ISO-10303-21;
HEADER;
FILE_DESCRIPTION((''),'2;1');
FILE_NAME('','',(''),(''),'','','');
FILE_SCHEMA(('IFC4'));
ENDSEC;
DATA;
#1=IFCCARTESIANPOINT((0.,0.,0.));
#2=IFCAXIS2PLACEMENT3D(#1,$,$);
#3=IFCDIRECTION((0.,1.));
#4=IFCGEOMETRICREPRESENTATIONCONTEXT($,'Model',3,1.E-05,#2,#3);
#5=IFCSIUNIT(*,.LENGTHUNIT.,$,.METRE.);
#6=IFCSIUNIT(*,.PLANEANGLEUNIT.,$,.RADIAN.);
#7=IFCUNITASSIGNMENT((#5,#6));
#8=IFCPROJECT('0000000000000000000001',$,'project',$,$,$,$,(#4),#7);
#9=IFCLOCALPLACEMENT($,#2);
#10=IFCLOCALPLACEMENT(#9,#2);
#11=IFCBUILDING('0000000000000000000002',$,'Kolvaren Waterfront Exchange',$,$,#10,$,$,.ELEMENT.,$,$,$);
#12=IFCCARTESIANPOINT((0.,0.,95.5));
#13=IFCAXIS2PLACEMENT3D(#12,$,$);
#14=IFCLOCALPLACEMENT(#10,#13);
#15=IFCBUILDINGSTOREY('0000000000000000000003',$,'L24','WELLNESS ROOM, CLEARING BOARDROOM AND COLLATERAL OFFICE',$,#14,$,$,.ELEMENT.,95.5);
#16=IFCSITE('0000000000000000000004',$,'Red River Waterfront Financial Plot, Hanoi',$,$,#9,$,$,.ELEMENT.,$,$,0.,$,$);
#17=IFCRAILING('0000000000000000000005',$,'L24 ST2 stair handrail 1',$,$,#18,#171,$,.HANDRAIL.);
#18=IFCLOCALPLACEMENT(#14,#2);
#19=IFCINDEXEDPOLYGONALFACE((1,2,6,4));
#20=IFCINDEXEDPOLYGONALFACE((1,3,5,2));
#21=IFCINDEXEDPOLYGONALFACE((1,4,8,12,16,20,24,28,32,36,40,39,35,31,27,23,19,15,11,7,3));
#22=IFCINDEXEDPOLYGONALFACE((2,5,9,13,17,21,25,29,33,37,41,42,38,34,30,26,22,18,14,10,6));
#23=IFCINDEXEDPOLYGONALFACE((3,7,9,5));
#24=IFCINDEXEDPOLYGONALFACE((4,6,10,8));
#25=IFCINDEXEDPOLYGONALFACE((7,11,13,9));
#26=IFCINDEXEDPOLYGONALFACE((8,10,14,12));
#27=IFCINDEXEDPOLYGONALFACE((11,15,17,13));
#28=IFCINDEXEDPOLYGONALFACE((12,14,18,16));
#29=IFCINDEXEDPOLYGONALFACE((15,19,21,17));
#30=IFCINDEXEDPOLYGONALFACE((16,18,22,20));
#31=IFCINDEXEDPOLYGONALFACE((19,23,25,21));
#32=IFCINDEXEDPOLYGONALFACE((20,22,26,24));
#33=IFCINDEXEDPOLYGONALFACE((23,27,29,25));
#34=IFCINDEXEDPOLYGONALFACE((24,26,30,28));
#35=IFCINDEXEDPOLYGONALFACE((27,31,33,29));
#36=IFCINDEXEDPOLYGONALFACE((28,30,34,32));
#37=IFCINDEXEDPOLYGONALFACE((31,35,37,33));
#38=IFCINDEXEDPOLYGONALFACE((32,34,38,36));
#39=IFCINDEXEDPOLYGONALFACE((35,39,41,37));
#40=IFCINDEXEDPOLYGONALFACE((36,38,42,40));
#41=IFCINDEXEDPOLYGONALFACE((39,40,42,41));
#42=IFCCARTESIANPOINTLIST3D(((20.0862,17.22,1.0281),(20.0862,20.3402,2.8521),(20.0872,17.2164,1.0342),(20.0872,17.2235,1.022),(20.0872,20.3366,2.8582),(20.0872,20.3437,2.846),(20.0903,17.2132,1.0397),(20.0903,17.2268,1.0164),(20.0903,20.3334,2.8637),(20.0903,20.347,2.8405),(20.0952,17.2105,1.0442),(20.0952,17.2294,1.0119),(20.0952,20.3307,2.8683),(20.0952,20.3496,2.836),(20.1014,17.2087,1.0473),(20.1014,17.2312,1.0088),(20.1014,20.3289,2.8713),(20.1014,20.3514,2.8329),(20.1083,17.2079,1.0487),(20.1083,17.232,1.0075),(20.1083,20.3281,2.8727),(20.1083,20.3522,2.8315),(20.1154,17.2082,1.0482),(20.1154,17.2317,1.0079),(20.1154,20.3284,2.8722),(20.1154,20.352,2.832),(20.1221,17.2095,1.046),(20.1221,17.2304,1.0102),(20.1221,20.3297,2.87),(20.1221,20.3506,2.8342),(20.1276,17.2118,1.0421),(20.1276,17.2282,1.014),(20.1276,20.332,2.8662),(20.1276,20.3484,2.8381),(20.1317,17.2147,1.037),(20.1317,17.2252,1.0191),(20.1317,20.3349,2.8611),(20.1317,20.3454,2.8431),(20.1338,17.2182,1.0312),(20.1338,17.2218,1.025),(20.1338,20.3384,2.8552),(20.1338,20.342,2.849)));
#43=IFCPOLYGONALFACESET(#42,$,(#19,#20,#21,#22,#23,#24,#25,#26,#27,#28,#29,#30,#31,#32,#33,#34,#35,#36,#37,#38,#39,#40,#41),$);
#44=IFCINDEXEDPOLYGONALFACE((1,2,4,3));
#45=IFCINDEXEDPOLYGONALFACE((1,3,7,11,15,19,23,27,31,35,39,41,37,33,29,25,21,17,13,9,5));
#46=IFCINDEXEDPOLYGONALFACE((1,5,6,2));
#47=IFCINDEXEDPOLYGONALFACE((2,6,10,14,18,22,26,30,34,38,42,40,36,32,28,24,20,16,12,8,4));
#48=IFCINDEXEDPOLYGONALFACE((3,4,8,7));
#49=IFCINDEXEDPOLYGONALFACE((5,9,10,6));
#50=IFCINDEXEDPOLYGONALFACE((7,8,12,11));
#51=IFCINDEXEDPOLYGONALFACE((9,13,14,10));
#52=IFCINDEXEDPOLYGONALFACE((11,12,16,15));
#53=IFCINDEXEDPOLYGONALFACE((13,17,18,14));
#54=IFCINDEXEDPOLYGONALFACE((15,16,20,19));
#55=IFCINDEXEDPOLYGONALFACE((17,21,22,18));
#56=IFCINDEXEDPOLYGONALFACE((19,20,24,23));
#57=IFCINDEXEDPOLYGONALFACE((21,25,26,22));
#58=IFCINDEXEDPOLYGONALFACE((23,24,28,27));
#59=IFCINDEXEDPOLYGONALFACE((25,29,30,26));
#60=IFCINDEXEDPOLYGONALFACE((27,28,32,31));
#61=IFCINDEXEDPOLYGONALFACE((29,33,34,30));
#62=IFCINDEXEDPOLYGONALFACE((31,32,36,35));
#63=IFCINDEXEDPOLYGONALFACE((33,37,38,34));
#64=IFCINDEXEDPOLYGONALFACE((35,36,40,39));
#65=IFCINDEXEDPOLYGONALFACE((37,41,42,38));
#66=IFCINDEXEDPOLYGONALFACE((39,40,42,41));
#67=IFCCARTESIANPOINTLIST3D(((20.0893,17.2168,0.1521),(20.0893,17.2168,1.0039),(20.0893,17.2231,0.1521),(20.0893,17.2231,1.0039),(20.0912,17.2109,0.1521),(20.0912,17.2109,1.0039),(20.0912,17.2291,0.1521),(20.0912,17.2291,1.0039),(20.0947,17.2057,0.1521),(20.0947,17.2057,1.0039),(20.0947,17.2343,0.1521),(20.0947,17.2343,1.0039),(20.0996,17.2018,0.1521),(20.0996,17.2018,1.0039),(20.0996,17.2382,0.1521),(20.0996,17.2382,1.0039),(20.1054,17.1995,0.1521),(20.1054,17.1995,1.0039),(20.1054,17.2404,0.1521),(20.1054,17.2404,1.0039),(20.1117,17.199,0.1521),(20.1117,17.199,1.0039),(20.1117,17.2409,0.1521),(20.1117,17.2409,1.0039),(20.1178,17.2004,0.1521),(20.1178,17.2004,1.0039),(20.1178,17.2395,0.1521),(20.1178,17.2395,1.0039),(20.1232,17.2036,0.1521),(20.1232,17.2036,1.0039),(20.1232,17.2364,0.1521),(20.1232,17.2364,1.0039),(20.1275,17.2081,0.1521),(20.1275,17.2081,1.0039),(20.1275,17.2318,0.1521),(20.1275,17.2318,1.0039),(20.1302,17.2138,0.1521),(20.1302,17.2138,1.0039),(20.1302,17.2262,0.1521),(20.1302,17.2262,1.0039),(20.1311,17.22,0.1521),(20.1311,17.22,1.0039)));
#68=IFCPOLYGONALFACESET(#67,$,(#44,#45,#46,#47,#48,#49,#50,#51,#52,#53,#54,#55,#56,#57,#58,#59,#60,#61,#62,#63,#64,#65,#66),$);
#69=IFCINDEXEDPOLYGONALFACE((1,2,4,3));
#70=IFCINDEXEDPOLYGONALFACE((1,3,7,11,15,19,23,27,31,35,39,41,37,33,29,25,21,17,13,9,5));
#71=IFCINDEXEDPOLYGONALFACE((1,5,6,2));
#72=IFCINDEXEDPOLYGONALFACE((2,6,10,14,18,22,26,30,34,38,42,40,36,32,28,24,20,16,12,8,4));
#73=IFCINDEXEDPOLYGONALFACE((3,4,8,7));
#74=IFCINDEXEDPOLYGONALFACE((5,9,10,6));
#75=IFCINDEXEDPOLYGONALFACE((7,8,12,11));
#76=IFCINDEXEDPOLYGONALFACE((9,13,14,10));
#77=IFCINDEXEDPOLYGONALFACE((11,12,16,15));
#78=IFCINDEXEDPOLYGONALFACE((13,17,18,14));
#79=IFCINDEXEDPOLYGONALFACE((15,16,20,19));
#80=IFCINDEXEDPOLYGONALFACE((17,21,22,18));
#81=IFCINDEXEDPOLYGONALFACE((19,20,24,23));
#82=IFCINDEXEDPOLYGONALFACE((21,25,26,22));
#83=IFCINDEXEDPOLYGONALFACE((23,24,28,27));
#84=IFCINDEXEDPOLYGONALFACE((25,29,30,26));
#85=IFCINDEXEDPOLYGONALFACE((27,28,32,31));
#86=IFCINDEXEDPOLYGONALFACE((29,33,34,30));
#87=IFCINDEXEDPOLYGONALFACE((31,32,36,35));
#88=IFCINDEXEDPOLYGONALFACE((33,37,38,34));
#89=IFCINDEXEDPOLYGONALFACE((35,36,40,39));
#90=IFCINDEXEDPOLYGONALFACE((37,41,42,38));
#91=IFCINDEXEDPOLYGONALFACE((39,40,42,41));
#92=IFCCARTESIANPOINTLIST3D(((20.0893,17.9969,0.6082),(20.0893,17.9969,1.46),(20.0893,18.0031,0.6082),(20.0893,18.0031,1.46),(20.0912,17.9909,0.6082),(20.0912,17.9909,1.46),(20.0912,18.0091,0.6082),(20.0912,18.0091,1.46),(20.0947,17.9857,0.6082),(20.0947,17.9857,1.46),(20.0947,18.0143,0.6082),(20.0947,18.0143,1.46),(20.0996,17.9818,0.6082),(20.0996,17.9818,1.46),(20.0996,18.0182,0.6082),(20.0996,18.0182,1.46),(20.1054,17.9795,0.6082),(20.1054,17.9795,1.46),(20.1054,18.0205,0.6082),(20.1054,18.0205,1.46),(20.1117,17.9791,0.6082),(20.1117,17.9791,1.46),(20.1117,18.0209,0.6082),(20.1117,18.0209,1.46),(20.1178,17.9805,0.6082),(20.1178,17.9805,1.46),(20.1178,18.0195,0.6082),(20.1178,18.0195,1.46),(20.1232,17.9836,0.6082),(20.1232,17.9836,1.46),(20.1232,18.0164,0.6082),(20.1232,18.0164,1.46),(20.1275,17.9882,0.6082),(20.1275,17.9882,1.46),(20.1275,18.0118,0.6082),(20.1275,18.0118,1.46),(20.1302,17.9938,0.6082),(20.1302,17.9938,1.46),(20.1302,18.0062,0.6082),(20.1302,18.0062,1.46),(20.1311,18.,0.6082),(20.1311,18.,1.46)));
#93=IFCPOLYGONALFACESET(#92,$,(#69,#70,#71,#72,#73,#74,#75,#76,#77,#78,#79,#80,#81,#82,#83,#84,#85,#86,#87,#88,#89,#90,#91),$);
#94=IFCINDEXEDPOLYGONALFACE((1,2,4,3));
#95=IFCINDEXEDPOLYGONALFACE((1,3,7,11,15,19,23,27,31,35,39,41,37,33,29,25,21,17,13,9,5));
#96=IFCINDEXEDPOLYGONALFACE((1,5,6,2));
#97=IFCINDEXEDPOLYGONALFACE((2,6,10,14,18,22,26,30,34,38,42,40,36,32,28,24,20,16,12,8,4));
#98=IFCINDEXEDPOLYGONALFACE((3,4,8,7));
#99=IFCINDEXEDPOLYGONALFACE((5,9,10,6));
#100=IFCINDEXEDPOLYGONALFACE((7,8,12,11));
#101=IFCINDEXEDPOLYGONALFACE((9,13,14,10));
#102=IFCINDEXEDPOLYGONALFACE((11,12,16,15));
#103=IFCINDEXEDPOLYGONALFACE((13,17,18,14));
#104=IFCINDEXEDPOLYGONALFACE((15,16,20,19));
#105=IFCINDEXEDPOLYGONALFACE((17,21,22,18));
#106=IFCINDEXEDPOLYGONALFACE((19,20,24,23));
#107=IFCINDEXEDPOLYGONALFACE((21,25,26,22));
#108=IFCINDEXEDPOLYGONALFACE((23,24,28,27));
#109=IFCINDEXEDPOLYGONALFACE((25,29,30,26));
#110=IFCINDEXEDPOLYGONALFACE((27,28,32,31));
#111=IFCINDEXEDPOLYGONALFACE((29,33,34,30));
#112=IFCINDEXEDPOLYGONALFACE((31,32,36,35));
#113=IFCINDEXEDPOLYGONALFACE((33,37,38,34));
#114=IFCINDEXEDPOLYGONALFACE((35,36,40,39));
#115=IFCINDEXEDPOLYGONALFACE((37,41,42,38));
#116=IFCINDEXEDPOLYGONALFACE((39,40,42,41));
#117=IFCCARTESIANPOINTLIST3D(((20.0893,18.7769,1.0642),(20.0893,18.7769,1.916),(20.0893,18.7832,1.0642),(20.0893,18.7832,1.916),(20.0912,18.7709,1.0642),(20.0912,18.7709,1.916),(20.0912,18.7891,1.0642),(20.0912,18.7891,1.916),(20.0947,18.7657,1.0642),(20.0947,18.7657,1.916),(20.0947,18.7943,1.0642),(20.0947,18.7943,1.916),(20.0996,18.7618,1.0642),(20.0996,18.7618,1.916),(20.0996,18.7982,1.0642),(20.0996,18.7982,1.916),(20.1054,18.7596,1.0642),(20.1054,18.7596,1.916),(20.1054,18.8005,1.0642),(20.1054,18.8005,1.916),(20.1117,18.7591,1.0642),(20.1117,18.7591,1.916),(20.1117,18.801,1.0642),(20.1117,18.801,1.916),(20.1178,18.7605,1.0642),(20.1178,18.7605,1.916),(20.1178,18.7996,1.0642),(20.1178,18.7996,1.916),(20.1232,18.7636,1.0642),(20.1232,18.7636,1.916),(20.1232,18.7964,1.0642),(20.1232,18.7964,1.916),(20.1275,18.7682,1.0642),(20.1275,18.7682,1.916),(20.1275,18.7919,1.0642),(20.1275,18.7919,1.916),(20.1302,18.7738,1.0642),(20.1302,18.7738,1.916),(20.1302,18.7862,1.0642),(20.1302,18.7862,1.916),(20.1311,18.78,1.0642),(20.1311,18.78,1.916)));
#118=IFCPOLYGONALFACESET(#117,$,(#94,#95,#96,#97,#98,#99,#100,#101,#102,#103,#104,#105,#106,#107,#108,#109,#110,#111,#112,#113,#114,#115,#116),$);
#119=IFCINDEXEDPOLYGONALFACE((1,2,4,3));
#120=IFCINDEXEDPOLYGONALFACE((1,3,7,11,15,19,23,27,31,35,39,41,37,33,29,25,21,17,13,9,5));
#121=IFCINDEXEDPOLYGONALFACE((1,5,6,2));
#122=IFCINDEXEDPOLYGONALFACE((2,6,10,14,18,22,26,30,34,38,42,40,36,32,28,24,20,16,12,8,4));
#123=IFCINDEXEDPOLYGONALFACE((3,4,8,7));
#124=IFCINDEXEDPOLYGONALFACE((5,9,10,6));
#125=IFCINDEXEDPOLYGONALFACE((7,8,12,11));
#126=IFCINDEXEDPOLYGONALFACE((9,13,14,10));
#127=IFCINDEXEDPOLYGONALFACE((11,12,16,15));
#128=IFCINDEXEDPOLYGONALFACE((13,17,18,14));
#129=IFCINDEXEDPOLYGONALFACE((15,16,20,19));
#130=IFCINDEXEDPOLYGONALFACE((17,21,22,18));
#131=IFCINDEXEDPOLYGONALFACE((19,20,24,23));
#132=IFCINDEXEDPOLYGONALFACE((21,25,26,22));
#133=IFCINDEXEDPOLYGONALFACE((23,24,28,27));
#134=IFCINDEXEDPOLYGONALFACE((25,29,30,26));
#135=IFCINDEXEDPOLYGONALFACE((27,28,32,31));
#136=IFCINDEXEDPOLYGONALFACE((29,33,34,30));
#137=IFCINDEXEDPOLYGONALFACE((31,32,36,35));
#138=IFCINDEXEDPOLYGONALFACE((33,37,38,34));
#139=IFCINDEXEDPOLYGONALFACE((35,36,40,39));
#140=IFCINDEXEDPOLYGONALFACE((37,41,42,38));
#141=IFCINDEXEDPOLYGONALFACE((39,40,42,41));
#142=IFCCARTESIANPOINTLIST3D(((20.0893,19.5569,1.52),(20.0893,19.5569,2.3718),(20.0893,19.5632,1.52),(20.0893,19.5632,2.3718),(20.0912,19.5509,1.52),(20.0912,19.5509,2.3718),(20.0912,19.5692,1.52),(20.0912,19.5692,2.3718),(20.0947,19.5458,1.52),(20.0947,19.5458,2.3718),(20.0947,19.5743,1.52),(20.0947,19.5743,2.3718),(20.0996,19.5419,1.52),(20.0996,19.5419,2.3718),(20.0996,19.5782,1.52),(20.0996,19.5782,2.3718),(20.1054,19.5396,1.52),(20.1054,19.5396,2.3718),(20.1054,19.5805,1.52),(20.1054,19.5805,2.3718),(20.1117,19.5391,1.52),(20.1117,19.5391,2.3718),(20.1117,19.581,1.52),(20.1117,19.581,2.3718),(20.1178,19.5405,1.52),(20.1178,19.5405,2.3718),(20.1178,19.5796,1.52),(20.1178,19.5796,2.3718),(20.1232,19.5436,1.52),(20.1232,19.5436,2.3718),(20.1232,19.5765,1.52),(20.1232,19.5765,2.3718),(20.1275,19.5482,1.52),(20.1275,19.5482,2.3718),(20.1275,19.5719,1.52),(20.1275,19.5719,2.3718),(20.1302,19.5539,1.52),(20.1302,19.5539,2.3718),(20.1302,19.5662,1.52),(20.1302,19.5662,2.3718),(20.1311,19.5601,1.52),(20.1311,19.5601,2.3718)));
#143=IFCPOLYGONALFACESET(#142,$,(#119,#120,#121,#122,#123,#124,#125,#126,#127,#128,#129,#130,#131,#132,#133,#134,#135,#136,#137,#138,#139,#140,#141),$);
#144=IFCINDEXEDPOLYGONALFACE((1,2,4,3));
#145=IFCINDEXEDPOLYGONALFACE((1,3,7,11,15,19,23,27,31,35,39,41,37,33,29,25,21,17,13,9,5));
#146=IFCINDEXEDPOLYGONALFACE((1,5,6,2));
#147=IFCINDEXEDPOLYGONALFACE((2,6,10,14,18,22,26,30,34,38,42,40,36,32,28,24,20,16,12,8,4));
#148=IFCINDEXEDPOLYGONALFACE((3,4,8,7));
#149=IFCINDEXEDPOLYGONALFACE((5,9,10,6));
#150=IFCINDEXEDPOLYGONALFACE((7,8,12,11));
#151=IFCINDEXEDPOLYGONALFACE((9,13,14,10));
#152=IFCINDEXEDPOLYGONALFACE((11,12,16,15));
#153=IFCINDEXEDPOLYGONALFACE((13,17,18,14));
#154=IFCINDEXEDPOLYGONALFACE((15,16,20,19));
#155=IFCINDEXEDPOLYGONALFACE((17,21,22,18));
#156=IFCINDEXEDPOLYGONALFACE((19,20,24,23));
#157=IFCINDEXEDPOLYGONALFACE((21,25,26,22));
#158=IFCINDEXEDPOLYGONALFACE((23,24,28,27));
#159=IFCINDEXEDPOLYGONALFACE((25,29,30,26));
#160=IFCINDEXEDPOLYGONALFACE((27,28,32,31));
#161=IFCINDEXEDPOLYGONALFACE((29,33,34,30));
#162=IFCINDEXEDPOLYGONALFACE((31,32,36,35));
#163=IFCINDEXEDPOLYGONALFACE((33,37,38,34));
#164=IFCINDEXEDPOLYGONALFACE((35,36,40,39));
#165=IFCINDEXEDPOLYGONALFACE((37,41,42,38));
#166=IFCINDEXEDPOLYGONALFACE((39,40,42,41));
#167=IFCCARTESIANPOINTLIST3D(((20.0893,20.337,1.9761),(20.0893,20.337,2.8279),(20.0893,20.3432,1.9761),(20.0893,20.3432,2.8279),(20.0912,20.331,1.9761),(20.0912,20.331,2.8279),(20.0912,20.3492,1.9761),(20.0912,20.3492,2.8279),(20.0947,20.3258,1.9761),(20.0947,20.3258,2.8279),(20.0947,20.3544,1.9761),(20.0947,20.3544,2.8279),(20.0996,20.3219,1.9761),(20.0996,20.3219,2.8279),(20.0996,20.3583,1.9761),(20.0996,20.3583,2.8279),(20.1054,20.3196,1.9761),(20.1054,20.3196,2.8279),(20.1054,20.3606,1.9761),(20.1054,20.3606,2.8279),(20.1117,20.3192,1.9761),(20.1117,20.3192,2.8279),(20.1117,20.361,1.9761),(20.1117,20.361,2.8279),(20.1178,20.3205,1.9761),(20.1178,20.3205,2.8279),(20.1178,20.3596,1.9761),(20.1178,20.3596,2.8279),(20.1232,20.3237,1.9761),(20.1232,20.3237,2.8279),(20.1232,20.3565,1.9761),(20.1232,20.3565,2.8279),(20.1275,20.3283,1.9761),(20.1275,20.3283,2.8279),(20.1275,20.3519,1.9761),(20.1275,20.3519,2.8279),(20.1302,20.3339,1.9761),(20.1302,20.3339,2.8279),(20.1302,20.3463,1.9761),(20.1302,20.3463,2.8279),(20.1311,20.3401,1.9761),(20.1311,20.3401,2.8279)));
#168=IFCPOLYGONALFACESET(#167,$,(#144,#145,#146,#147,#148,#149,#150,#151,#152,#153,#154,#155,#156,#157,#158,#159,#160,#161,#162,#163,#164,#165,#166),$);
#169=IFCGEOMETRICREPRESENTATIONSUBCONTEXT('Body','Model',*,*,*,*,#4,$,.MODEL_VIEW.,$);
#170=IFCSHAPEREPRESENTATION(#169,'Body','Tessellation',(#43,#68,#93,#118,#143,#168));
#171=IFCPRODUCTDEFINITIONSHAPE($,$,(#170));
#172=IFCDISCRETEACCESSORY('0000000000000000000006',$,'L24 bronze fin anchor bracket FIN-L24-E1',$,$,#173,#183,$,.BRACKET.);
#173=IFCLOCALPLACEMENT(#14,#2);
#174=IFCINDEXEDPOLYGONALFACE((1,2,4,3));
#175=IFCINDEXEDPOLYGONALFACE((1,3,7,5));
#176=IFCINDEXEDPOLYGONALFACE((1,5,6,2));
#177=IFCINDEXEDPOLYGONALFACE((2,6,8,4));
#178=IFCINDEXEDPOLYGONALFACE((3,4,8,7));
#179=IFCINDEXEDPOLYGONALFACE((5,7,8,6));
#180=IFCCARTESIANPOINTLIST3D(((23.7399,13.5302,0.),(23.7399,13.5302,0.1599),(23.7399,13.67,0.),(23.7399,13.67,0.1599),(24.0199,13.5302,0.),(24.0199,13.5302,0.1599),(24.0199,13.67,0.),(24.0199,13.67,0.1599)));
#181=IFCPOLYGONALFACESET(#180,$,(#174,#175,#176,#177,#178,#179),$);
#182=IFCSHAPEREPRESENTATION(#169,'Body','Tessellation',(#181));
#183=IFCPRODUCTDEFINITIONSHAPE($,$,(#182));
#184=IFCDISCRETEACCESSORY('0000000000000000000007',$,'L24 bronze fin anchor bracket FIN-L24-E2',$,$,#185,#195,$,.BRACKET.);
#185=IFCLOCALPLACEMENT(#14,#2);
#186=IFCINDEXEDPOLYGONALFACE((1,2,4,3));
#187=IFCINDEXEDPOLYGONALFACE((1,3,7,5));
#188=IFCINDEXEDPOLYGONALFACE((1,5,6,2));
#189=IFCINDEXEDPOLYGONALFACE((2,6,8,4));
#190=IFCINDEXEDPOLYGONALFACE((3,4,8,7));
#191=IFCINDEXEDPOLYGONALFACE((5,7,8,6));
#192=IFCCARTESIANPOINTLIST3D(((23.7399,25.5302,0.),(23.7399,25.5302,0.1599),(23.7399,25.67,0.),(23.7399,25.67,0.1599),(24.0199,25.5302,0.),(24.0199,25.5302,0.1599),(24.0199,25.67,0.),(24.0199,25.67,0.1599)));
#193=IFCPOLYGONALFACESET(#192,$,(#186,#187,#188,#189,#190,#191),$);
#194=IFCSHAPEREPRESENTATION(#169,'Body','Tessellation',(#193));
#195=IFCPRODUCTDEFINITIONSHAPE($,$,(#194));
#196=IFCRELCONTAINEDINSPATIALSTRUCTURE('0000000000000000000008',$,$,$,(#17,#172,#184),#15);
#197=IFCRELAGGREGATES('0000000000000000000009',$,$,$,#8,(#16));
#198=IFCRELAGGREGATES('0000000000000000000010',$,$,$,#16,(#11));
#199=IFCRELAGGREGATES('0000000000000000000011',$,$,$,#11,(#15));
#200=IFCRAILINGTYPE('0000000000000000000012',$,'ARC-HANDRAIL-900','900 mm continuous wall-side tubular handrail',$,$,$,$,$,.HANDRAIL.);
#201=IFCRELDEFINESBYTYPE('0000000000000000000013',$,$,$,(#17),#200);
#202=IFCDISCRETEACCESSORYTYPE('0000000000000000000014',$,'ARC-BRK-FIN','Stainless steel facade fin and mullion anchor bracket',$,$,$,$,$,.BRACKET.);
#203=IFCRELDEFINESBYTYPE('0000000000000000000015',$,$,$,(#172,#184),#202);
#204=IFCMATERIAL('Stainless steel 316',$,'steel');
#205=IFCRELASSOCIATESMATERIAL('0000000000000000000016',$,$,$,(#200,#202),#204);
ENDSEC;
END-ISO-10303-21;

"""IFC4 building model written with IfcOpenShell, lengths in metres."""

from ifc_helpers import new_model, si_unit, direction, frame, origin, origin_with_axes, origin_2d, place, context, subcontext, project, spatial, rectangle, circle, extrude, source, transform, mapped, material, type_object, element, save


model = new_model("IFC4")

# Units and contexts
model_context = context("Model", 3, precision=1e-05, world=origin(), true_north=direction((0.0, 1.0)))
body_context = subcontext(model_context, "Body", "Model", "MODEL_VIEW")
ifc_project = project(units=[si_unit("LENGTHUNIT", "METRE"), si_unit("PLANEANGLEUNIT", "RADIAN")], contexts=[model_context])

# Site, building, storey
site_placement = place(None, origin())
site = spatial("IfcSite", under=ifc_project, at=site_placement, Name="Red River Waterfront Financial Plot, Hanoi", CompositionType="ELEMENT", RefElevation=0.0)
building_placement = place(site_placement, origin())
building = spatial("IfcBuilding", under=site, at=building_placement, Name="Kolvaren Waterfront Exchange", CompositionType="ELEMENT")
storey_placement = place(building_placement, frame((0.0, 0.0, 95.5)))
storey = spatial("IfcBuildingStorey", under=building, at=storey_placement, Name="L24", Description="WELLNESS ROOM, CLEARING BOARDROOM AND COLLATERAL OFFICE", CompositionType="ELEMENT", Elevation=95.5)

# Railing
ifc_material_1 = material(Name="Stainless steel 316", Category="steel")
railing_type_1 = type_object("IfcRailingType", Name="ARC-HANDRAIL-900", Description="900 mm continuous wall-side tubular handrail", PredefinedType="HANDRAIL", material=ifc_material_1)
railing_1_placement = place(storey_placement, frame((20.1101, 17.22, 0.1521)))
element("IfcRailing", 1, at=railing_1_placement, inside=storey, type_object=railing_type_1, Name="L24 ST2 stair handrail 1", PredefinedType="HANDRAIL", context=body_context, shape_type="SweptSolid", body=[
    extrude(circle(Radius=0.0239, at=origin_2d()), frame((0.0, 0.0, 0.876), z_axis=(0.0, 0.863308, 0.504677), x_axis=(-1.0, 0.0, 0.0)), (0.0, 0.0, 1.0), 3.6143),
    extrude(circle(Radius=0.021, at=origin_2d()), origin(), (0.0, 0.0, 1.0), 0.8518),
    extrude(circle(Radius=0.021, at=origin_2d()), frame((0.0, 0.78, 0.4561)), (0.0, 0.0, 1.0), 0.8518),
    extrude(circle(Radius=0.021, at=origin_2d()), frame((0.0, 1.5601, 0.9121)), (0.0, 0.0, 1.0), 0.8518),
    extrude(circle(Radius=0.021, at=origin_2d()), frame((0.0, 2.3401, 1.3679)), (0.0, 0.0, 1.0), 0.8518),
    extrude(circle(Radius=0.021, at=origin_2d()), frame((0.0, 3.1201, 1.824)), (0.0, 0.0, 1.0), 0.8518),
])

# Discrete accessories
discrete_accessory_type = type_object("IfcDiscreteAccessoryType", Name="ARC-BRK-FIN", Description="Stainless steel facade fin and mullion anchor bracket", PredefinedType="BRACKET", material=ifc_material_1)
shared_shape_1 = source(origin_with_axes(), body_context, "Body", "SweptSolid", [
    extrude(rectangle(XDim=0.28, YDim=0.1399, at=origin_2d()), origin(), (0.0, 0.0, 1.0), 0.1599),
])
for number, where, z_axis, x_axis, name in (
    (2, (23.8799, 13.6001, 0.0), (0.0, 0.0, 1.0), (1.0, 0.0, 0.0), "L24 bronze fin anchor bracket FIN-L24-E1"),
    (3, (23.8799, 25.6001, 0.0), (0.0, 0.0, 1.0), (1.0, 0.0, 0.0), "L24 bronze fin anchor bracket FIN-L24-E2"),
):
    element("IfcDiscreteAccessory", number, at=place(storey_placement, frame(where, z_axis=z_axis, x_axis=x_axis)), inside=storey, type_object=discrete_accessory_type, Name=name, PredefinedType="BRACKET", context=body_context, shape_type="MappedRepresentation", body=[
        mapped(shared_shape_1, transform((0.0, 0.0, 0.0), x_axis=(1.0, 0.0, 0.0), y_axis=(0.0, 1.0, 0.0), z_axis=(0.0, 0.0, 1.0), scale=1.0)),
    ])

save(model, "model.ifc")
